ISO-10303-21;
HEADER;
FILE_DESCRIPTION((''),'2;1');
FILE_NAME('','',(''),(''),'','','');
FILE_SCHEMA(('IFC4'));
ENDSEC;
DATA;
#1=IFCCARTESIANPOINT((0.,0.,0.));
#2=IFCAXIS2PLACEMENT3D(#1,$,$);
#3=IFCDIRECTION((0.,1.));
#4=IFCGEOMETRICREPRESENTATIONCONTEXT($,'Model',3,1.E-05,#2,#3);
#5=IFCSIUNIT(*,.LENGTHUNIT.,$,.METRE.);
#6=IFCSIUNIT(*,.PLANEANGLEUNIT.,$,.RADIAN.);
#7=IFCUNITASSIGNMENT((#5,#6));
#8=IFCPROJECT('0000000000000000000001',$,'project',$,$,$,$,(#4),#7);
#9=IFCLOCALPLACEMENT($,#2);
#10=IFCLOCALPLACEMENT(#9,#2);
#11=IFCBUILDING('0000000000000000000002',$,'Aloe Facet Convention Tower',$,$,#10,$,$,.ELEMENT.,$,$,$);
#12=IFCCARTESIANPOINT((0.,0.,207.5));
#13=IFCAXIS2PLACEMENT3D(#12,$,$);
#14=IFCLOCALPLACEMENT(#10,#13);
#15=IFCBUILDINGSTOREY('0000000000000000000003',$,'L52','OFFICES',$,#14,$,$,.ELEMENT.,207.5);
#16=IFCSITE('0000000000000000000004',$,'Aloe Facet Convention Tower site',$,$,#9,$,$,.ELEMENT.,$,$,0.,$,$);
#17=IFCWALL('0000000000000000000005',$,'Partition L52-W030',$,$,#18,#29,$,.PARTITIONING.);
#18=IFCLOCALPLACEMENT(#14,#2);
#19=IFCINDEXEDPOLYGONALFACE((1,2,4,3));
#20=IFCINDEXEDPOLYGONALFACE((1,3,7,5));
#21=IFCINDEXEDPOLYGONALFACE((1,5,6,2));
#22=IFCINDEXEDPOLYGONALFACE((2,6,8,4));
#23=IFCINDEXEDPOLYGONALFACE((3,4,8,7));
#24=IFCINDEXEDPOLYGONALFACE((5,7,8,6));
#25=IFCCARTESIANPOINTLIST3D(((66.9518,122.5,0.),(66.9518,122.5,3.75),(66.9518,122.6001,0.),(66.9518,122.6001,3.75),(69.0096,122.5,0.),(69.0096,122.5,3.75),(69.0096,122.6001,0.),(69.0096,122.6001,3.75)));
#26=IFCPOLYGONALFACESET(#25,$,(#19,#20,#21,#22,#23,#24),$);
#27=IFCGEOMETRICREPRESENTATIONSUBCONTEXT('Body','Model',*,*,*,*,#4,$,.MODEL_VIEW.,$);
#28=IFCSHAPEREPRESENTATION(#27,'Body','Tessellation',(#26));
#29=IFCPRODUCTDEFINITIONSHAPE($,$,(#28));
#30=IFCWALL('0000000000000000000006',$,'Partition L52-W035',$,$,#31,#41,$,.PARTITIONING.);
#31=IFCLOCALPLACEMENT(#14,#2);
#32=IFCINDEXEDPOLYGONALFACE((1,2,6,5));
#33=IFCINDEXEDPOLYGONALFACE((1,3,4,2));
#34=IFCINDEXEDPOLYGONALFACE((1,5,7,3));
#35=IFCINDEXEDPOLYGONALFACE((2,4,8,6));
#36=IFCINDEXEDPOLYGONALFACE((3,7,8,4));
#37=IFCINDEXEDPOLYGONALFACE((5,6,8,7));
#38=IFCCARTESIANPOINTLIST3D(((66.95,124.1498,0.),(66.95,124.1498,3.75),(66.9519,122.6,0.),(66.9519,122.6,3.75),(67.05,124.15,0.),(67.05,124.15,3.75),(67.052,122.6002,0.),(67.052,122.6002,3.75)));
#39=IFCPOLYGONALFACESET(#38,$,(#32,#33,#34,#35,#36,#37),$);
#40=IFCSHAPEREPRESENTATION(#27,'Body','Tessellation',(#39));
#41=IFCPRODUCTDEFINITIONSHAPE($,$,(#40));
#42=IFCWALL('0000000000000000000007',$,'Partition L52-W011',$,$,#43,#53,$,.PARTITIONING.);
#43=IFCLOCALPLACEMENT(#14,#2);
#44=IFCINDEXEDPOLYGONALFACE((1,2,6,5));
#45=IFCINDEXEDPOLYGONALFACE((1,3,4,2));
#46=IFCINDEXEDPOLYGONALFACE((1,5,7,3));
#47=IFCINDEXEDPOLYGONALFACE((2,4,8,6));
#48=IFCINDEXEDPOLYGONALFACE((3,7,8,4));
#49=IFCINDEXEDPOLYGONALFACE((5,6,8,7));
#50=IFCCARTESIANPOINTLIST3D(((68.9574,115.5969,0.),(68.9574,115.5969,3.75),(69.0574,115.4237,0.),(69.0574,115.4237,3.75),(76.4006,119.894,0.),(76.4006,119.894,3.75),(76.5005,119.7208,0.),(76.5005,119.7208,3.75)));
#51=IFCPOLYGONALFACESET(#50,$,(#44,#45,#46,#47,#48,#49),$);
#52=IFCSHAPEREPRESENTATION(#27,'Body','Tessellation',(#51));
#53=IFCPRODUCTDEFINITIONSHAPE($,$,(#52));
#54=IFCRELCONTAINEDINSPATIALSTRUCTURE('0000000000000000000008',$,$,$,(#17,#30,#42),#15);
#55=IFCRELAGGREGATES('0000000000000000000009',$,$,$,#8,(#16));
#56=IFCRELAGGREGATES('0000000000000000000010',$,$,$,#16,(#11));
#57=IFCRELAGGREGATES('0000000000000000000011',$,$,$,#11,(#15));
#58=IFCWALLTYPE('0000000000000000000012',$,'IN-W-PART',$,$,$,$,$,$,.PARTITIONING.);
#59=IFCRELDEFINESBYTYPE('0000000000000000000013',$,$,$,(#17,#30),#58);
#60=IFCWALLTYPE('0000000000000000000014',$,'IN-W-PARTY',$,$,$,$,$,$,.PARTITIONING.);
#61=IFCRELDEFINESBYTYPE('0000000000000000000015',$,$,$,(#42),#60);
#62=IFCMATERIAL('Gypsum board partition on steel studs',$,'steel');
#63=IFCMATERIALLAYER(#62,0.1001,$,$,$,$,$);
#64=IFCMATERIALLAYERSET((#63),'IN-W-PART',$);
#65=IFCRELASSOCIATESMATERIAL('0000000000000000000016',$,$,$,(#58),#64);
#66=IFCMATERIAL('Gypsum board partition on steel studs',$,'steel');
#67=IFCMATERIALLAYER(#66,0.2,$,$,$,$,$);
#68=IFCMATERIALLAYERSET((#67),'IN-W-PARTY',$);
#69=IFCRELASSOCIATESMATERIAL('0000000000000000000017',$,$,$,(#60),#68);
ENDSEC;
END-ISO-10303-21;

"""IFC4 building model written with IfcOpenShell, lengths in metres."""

from ifc_helpers import new_model, si_unit, direction, frame, frame_2d, origin, place, context, subcontext, project, spatial, rectangle, extrude, material, layer, layer_set, type_object, element, save


model = new_model("IFC4")

# Units and contexts
model_context = context("Model", 3, precision=1e-05, world=origin(), true_north=direction((0.0, 1.0)))
body_context = subcontext(model_context, "Body", "Model", "MODEL_VIEW")
ifc_project = project(units=[si_unit("LENGTHUNIT", "METRE"), si_unit("PLANEANGLEUNIT", "RADIAN")], contexts=[model_context])

# Site, building, storey
site_placement = place(None, origin())
site = spatial("IfcSite", under=ifc_project, at=site_placement, Name="Aloe Facet Convention Tower site", CompositionType="ELEMENT", RefElevation=0.0)
building_placement = place(site_placement, origin())
building = spatial("IfcBuilding", under=site, at=building_placement, Name="Aloe Facet Convention Tower", CompositionType="ELEMENT")
storey_placement = place(building_placement, frame((0.0, 0.0, 207.5)))
storey = spatial("IfcBuildingStorey", under=building, at=storey_placement, Name="L52", Description="OFFICES", CompositionType="ELEMENT", Elevation=207.5)

# Shared definitions
ifc_material_1 = material(Name="Gypsum board partition on steel studs", Category="steel")
ifc_layer_1 = layer(ifc_material_1, 0.1001)
ifc_layer_set_1 = layer_set([ifc_layer_1], Name="IN-W-PART")
wall_type_1 = type_object("IfcWallType", Name="IN-W-PART", PredefinedType="PARTITIONING", material=ifc_layer_set_1)

# Walls
wall_1_placement = place(storey_placement, frame((66.9519, 122.55, 0.0), z_axis=(0.0, 0.0, 1.0), x_axis=(1.0, 0.0, 0.0)))
element("IfcWall", 1, at=wall_1_placement, inside=storey, type_object=wall_type_1, Name="Partition L52-W030", PredefinedType="PARTITIONING", context=body_context, shape_type="SweptSolid", body=[
    extrude(rectangle(XDim=2.0579, YDim=0.1001, at=frame_2d((1.0288, 0.0))), origin(), (0.0, 0.0, 1.0), 3.75),
])
wall_2_placement = place(storey_placement, frame((67.002, 122.6001, 0.0), z_axis=(0.0, 0.0, 1.0), x_axis=(-0.00126, 0.999999, 0.0)))
element("IfcWall", 2, at=wall_2_placement, inside=storey, type_object=wall_type_1, Name="Partition L52-W035", PredefinedType="PARTITIONING", context=body_context, shape_type="SweptSolid", body=[
    extrude(rectangle(XDim=1.5498, YDim=0.1001, at=frame_2d((0.7749, 0.0))), origin(), (0.0, 0.0, 1.0), 3.75),
])
ifc_material_2 = material(Name="Gypsum board partition on steel studs", Category="steel")
ifc_layer_2 = layer(ifc_material_2, 0.2)
ifc_layer_set_2 = layer_set([ifc_layer_2], Name="IN-W-PARTY")
wall_type_2 = type_object("IfcWallType", Name="IN-W-PARTY", PredefinedType="PARTITIONING", material=ifc_layer_set_2)
wall_3_placement = place(storey_placement, frame((69.0073, 115.5103, 0.0), z_axis=(0.0, 0.0, 1.0), x_axis=(0.866034, 0.499986, 0.0)))
element("IfcWall", 3, at=wall_3_placement, inside=storey, type_object=wall_type_2, Name="Partition L52-W011", PredefinedType="PARTITIONING", context=body_context, shape_type="SweptSolid", body=[
    extrude(rectangle(XDim=8.5945, YDim=0.2, at=frame_2d((4.2974, 0.0))), origin(), (0.0, 0.0, 1.0), 3.75),
])

save(model, "model.ifc")
